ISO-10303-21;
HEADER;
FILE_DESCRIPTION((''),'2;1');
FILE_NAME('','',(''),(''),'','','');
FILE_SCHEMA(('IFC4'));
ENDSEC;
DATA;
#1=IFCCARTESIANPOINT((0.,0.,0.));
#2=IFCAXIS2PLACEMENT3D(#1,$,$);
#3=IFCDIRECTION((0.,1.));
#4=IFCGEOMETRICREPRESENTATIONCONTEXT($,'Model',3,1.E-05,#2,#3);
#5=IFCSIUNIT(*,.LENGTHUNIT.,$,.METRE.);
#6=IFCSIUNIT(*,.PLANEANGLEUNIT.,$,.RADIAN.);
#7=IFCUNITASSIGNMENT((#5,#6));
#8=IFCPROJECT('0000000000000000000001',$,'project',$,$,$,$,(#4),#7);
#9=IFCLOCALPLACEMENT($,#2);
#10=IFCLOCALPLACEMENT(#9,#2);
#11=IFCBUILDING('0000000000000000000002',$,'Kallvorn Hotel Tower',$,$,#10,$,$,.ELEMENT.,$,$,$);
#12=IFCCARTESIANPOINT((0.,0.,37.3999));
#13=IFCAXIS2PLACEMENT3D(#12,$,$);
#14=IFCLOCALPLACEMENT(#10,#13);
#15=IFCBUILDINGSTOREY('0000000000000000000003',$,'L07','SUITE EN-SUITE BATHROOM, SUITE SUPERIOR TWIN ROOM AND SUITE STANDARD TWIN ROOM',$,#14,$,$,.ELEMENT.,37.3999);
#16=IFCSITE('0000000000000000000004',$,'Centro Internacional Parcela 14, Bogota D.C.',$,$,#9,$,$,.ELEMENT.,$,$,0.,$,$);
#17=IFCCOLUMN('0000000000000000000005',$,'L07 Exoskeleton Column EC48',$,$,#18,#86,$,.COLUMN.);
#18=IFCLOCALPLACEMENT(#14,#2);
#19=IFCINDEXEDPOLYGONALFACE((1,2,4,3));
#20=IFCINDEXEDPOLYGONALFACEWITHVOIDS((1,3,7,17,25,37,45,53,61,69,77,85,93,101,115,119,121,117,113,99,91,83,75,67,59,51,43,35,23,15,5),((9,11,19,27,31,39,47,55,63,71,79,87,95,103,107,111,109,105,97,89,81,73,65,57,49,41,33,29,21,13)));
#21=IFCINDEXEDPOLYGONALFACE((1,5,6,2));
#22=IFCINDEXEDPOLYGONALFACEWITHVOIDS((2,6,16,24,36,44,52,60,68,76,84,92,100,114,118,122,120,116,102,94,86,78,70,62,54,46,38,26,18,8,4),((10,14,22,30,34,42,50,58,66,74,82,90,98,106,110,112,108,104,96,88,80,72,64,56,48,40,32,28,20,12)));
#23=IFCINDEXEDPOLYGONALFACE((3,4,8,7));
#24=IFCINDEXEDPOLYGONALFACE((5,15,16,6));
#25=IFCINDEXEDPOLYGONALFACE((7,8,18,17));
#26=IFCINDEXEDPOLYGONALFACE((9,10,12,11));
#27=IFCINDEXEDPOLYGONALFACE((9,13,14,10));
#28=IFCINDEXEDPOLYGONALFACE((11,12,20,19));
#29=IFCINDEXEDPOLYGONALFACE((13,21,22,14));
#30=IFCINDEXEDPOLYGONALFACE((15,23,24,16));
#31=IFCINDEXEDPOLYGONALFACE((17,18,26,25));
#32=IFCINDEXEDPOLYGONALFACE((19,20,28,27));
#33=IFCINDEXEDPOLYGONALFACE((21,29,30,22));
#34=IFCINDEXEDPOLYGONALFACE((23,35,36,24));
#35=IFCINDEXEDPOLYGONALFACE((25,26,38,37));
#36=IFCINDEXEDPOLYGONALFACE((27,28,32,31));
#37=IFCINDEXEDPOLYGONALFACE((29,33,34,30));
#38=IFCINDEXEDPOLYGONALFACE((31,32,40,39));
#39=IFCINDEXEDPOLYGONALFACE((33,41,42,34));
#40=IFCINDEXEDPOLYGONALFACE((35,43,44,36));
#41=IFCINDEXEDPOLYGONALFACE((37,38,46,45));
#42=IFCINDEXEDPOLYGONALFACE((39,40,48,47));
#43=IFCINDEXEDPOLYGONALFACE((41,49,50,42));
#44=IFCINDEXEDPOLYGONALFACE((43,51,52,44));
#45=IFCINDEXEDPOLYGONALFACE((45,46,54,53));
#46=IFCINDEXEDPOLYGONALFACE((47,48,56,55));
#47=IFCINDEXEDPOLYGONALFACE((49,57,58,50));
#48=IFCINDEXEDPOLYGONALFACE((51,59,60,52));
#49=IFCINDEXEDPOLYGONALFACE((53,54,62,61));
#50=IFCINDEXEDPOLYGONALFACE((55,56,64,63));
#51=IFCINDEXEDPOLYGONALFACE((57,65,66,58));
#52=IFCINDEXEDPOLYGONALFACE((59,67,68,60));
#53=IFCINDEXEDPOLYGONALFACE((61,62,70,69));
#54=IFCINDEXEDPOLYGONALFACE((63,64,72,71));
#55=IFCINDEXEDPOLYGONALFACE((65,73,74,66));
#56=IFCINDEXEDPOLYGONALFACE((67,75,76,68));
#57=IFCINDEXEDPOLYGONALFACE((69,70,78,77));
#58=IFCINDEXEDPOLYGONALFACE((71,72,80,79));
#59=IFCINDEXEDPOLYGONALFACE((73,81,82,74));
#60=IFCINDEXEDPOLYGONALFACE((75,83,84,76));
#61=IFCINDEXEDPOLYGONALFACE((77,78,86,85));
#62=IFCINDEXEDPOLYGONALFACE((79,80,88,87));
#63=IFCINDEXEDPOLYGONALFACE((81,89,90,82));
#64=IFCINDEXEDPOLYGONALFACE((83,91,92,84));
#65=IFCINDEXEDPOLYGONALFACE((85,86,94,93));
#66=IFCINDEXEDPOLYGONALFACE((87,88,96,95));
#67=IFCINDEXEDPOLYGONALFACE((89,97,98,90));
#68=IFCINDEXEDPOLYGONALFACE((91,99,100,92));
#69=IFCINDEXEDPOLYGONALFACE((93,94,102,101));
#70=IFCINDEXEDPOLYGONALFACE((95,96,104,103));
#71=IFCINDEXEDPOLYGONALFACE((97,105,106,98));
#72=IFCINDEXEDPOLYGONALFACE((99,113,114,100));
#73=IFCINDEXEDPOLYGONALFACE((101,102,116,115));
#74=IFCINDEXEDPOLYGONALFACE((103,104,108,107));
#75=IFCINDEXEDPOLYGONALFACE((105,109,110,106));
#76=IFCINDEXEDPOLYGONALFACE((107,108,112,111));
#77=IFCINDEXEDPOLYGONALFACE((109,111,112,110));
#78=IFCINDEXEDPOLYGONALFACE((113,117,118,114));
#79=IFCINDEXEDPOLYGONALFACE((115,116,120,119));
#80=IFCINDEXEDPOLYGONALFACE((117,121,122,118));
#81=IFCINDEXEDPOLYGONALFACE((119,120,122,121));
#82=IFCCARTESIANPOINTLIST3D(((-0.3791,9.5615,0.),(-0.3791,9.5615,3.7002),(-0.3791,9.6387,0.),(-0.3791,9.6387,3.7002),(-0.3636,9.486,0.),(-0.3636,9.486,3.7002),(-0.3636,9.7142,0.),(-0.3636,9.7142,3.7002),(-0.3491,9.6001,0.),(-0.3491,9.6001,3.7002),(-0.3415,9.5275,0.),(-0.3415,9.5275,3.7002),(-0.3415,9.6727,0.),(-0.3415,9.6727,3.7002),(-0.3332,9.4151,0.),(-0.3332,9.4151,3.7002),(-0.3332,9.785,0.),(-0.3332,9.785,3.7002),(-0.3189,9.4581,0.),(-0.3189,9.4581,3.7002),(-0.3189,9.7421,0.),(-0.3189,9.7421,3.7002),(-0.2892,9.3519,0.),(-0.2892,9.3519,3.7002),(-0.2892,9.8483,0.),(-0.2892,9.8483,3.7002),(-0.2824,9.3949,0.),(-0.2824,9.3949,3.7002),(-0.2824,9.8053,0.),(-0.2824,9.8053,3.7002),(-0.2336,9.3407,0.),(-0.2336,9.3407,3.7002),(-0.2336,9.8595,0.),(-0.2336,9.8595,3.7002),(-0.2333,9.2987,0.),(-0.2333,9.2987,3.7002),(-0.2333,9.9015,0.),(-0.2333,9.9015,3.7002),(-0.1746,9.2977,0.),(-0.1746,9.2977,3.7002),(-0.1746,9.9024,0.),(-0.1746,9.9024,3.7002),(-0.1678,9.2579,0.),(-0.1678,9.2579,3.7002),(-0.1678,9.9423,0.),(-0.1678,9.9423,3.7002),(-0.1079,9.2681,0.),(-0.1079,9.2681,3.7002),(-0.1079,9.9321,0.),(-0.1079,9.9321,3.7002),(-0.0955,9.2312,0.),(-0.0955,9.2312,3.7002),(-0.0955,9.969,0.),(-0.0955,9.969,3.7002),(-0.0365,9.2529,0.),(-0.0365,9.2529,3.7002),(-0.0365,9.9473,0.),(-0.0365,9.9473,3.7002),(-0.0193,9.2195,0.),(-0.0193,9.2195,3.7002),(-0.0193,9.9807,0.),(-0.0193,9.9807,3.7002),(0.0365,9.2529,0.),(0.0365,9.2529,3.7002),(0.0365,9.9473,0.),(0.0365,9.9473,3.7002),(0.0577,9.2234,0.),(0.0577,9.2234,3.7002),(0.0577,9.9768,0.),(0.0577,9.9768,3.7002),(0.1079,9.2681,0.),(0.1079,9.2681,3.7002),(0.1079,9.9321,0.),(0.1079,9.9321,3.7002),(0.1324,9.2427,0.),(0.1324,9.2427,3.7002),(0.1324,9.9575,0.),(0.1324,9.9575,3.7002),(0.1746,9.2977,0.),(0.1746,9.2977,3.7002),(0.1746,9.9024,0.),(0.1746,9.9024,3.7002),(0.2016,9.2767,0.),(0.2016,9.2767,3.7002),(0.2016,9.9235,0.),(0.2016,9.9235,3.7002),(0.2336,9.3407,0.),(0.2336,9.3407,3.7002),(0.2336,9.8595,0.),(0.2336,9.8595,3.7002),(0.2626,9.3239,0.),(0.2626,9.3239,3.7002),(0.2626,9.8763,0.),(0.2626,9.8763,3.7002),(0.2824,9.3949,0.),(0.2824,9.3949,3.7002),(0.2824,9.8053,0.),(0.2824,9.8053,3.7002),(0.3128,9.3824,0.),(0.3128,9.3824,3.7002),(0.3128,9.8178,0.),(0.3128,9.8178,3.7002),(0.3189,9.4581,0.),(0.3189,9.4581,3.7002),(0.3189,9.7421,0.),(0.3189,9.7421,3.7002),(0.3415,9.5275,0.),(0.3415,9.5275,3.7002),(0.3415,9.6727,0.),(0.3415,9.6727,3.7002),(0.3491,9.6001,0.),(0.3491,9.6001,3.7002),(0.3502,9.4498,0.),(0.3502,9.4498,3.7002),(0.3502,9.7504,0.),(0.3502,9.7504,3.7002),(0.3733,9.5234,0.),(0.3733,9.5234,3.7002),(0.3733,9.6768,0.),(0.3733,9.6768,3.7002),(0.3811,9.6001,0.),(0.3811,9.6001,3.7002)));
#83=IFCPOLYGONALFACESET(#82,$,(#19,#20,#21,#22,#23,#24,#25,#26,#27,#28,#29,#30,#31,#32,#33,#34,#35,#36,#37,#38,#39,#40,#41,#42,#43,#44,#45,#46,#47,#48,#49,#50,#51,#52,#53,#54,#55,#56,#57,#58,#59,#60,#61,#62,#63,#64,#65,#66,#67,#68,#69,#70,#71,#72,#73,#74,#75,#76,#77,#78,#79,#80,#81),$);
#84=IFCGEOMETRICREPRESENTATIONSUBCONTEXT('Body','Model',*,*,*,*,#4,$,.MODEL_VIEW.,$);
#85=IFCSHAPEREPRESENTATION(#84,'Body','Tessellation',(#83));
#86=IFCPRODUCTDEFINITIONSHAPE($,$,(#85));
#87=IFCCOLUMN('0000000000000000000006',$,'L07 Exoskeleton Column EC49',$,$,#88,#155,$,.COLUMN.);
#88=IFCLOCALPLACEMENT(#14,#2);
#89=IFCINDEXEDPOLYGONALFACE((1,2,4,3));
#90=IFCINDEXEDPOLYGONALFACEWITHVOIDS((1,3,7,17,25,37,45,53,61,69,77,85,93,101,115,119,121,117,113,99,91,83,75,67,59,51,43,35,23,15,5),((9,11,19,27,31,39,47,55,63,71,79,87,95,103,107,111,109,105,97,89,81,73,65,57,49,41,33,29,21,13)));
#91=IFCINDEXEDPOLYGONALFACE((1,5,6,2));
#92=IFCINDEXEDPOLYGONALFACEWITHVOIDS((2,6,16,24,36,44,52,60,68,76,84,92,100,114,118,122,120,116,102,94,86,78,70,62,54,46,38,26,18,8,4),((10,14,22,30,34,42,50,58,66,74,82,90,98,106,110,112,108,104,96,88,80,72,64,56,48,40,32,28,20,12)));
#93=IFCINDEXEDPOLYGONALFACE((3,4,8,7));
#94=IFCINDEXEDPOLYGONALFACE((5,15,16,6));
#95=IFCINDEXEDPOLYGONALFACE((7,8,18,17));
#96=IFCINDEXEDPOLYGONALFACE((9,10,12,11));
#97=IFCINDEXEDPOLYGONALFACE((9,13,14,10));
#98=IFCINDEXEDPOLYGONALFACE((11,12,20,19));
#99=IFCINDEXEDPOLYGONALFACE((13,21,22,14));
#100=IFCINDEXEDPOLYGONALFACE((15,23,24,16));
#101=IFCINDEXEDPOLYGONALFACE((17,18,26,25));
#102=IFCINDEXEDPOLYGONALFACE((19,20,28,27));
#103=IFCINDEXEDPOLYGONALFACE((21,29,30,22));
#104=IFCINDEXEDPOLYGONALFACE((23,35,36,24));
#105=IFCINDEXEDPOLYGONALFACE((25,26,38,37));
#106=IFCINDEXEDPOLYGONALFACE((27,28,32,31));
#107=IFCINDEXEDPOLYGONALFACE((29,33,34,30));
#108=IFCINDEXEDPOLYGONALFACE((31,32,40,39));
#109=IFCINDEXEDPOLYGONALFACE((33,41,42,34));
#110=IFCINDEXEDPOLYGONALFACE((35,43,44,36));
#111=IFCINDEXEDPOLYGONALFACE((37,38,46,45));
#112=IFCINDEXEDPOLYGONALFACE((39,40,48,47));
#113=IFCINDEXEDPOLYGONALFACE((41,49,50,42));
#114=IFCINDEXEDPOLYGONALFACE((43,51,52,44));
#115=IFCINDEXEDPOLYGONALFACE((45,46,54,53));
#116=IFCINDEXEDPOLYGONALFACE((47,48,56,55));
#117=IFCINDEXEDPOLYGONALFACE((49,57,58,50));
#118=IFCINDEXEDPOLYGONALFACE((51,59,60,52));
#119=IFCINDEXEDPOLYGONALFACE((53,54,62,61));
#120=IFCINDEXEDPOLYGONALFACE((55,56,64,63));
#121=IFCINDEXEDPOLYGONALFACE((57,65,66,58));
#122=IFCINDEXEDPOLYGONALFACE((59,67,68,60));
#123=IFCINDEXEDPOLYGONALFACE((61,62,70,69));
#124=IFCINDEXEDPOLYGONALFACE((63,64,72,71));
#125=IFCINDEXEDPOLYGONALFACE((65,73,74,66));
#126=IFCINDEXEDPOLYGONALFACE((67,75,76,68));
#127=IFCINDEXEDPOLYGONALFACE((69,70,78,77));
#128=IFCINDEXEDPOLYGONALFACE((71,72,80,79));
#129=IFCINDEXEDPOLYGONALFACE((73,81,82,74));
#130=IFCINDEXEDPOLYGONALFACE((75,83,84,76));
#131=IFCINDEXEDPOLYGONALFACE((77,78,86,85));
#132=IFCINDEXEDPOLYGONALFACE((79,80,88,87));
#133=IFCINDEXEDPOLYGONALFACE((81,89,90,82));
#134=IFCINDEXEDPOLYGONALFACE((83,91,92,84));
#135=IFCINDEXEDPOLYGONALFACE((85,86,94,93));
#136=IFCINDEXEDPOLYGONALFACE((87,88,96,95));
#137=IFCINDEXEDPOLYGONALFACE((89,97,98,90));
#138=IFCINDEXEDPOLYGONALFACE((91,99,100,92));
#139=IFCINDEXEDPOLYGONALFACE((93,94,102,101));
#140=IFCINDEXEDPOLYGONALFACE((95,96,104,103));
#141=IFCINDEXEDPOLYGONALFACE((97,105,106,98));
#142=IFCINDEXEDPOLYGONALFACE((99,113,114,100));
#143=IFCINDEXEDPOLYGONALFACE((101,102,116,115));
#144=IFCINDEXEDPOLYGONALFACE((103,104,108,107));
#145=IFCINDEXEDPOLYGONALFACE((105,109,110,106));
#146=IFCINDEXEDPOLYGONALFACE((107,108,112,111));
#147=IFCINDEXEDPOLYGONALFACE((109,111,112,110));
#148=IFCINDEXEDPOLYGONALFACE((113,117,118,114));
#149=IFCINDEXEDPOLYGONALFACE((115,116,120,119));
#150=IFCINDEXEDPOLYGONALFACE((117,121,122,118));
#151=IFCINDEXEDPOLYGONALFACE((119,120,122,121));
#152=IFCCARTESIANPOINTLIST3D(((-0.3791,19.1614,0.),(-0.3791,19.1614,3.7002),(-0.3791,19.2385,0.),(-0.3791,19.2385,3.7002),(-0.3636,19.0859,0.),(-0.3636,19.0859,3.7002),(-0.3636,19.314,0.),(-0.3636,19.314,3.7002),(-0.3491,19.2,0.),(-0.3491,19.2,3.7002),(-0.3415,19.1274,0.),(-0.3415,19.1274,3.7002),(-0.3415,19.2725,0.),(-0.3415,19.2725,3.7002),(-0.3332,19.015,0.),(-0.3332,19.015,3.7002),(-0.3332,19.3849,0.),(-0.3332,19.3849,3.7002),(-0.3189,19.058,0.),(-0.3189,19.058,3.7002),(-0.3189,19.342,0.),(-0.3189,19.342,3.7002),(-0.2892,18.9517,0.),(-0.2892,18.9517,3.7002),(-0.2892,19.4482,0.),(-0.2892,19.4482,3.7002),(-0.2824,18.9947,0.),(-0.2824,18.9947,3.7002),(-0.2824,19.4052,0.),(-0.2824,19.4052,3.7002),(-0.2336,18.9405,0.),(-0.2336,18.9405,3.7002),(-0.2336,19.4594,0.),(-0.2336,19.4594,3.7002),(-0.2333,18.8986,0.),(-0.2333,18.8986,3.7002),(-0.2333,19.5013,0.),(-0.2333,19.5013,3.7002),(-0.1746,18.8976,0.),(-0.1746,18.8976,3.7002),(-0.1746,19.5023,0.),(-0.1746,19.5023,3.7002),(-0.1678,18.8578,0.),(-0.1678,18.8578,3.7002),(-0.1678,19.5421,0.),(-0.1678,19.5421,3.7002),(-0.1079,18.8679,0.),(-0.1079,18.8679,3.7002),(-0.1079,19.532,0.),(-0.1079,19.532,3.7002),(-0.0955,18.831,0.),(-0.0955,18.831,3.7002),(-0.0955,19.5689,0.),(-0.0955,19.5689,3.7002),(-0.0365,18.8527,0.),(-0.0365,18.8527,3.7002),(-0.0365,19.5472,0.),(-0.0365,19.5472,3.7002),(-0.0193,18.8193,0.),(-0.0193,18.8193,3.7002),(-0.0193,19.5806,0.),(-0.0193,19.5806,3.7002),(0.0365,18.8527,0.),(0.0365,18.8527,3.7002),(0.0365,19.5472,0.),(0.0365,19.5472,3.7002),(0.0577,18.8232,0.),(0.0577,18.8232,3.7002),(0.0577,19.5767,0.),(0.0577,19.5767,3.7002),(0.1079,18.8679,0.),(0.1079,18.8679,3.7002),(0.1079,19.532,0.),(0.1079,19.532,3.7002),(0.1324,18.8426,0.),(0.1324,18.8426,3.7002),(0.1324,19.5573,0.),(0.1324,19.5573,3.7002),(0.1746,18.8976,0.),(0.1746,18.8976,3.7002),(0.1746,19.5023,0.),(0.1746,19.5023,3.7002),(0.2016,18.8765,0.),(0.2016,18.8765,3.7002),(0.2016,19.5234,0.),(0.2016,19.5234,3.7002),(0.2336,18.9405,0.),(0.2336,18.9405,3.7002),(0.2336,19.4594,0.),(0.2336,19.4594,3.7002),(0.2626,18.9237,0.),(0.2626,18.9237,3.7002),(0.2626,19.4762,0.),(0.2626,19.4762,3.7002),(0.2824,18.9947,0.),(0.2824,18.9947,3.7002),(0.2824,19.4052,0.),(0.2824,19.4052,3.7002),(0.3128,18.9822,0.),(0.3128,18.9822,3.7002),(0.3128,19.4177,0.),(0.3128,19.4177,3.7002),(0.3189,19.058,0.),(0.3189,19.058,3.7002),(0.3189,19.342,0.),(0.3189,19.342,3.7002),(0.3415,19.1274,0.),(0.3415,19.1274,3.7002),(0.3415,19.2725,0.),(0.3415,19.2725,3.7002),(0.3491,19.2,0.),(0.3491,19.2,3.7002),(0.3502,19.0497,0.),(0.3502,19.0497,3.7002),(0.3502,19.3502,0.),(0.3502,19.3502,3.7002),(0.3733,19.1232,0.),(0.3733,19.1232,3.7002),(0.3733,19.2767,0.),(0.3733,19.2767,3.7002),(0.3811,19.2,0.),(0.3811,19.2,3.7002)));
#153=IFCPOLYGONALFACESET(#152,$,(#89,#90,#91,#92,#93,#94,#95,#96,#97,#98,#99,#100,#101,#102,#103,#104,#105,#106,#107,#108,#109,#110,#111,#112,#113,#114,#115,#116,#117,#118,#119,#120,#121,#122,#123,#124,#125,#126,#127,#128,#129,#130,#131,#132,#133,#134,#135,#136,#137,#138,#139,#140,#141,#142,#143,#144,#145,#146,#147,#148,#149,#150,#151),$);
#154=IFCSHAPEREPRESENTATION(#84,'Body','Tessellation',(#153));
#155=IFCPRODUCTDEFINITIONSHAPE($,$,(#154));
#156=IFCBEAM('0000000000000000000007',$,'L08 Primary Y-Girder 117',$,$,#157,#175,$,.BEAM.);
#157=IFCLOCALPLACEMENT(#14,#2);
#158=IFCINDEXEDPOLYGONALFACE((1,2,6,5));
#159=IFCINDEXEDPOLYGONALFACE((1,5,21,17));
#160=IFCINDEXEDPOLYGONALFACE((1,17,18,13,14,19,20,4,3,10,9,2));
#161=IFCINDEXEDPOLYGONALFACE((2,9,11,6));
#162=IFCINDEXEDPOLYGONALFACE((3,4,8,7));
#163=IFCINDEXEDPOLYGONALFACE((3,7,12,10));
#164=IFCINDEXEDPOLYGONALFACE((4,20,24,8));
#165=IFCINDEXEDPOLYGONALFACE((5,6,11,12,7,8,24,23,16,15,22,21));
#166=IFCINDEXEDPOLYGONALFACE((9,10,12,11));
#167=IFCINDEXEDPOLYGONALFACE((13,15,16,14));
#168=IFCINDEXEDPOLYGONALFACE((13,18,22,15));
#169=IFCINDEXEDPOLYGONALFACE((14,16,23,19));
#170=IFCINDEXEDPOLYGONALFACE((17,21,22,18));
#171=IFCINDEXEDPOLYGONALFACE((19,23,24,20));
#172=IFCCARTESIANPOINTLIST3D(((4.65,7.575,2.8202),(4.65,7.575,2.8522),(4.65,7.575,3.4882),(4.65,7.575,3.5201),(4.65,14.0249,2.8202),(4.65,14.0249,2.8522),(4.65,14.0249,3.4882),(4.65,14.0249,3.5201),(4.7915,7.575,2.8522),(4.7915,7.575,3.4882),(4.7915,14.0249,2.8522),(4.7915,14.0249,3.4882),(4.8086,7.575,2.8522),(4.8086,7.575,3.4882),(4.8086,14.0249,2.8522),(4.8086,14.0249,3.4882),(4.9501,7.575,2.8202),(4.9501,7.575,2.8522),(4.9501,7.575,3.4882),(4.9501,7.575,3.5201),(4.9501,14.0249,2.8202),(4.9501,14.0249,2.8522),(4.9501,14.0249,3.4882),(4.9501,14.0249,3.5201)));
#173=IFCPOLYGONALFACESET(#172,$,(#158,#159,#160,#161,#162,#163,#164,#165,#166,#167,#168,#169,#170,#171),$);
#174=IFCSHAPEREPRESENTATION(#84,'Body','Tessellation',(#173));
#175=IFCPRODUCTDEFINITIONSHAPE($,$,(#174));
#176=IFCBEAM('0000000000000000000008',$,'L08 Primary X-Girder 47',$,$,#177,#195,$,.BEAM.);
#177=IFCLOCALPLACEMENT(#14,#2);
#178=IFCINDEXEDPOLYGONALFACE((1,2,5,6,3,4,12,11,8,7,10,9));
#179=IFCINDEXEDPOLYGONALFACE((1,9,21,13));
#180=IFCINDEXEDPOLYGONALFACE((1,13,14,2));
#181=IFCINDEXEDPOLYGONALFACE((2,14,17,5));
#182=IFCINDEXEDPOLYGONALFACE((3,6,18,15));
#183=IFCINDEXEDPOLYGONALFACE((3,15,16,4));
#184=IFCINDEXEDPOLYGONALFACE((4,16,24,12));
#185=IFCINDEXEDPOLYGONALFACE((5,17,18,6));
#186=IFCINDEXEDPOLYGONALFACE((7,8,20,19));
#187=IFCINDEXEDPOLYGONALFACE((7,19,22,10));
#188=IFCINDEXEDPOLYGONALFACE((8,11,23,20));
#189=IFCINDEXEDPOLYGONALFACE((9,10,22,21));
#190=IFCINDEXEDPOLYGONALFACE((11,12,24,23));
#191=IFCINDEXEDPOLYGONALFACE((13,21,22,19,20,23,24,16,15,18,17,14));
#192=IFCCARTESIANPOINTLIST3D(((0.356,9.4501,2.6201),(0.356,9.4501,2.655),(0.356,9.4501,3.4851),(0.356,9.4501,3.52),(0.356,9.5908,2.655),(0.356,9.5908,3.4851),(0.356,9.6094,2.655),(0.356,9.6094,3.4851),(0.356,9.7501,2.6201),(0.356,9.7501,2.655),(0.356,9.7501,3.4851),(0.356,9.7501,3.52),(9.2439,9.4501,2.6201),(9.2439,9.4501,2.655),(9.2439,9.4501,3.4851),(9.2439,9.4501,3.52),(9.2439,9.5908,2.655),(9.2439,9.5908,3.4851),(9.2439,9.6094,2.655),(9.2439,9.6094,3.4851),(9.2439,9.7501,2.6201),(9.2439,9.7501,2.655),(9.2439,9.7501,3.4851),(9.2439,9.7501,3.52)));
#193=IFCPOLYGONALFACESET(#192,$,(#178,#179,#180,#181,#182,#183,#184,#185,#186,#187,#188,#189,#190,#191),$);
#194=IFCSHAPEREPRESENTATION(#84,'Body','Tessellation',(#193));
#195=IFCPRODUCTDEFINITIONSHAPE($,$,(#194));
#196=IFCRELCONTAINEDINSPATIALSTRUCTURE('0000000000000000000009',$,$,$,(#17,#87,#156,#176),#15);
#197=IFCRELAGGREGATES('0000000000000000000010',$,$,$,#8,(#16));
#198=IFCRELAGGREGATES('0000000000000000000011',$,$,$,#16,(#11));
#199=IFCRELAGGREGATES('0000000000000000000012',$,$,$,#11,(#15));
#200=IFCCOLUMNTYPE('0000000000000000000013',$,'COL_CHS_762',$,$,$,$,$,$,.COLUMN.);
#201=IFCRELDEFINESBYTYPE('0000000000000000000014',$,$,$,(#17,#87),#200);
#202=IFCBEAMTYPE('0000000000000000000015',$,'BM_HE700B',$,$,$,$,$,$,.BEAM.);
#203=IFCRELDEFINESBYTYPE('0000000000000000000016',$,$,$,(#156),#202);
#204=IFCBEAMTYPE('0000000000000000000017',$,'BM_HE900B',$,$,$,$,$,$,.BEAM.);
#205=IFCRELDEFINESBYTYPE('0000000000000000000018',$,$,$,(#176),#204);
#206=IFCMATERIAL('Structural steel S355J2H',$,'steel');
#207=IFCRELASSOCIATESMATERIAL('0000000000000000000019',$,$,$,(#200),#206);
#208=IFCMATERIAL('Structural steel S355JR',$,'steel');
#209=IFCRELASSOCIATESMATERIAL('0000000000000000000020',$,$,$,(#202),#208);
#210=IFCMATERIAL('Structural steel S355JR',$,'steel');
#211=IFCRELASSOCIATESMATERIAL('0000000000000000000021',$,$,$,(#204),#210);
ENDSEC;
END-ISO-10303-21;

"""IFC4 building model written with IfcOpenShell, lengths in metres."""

from ifc_helpers import new_model, si_unit, direction, frame, origin, origin_2d, place, context, subcontext, project, spatial, hollow_circle, i_section, extrude, material, material_profile, profile_set, type_object, element, save


model = new_model("IFC4")

# Units and contexts
model_context = context("Model", 3, precision=1e-05, world=origin(), true_north=direction((0.0, 1.0)))
body_context = subcontext(model_context, "Body", "Model", "MODEL_VIEW")
ifc_project = project(units=[si_unit("LENGTHUNIT", "METRE"), si_unit("PLANEANGLEUNIT", "RADIAN")], contexts=[model_context])

# Site, building, storey
site_placement = place(None, origin())
site = spatial("IfcSite", under=ifc_project, at=site_placement, Name="Centro Internacional Parcela 14, Bogota D.C.", CompositionType="ELEMENT", RefElevation=0.0)
building_placement = place(site_placement, origin())
building = spatial("IfcBuilding", under=site, at=building_placement, Name="Kallvorn Hotel Tower", CompositionType="ELEMENT")
storey_placement = place(building_placement, frame((0.0, 0.0, 37.3999)))
storey = spatial("IfcBuildingStorey", under=building, at=storey_placement, Name="L07", Description="SUITE EN-SUITE BATHROOM, SUITE SUPERIOR TWIN ROOM AND SUITE STANDARD TWIN ROOM", CompositionType="ELEMENT", Elevation=37.3999)

# Columns
ifc_material_1 = material(Name="Structural steel S355J2H", Category="steel")
ifc_material_profile_1 = material_profile(ifc_material_1, hollow_circle(Radius=0.3811, WallThickness=0.032, at=origin_2d()), Name="CHS 762x32")
ifc_profile_set_1 = profile_set([ifc_material_profile_1], Name="Structural steel S355J2H")
column_type = type_object("IfcColumnType", Name="COL_CHS_762", PredefinedType="COLUMN", material=ifc_profile_set_1)
for number, where, z_axis, x_axis, name in (
    (1, (0.0, 9.6001, 0.0), (0.0, 0.0, 1.0), (1.0, 0.0, 0.0), "L07 Exoskeleton Column EC48"),
    (2, (0.0, 19.2, 0.0), (0.0, 0.0, 1.0), (1.0, 0.0, 0.0), "L07 Exoskeleton Column EC49"),
):
    element("IfcColumn", number, at=place(storey_placement, frame(where, z_axis=z_axis, x_axis=x_axis)), inside=storey, type_object=column_type, Name=name, PredefinedType="COLUMN", context=body_context, shape_type="SweptSolid", body=[
        extrude(hollow_circle(Radius=0.3811, WallThickness=0.032, at=origin_2d()), origin(), (0.0, 0.0, 1.0), 3.7002),
    ])

# Beams
ifc_material_2 = material(Name="Structural steel S355JR", Category="steel")
ifc_material_profile_2 = material_profile(ifc_material_2, i_section(OverallWidth=0.3, OverallDepth=0.7, WebThickness=0.0171, FlangeThickness=0.032, at=origin_2d()), Name="HE 700 B")
ifc_profile_set_2 = profile_set([ifc_material_profile_2], Name="Structural steel S355JR")
beam_type_1 = type_object("IfcBeamType", Name="BM_HE700B", PredefinedType="BEAM", material=ifc_profile_set_2)
beam_1_placement = place(storey_placement, frame((4.8, 7.575, 3.1702), z_axis=(0.0, 1.0, 0.0), x_axis=(-1.0, 0.0, 0.0)))
element("IfcBeam", 3, at=beam_1_placement, inside=storey, type_object=beam_type_1, Name="L08 Primary Y-Girder 117", PredefinedType="BEAM", context=body_context, shape_type="SweptSolid", body=[
    extrude(i_section(OverallWidth=0.3, OverallDepth=0.7, WebThickness=0.0171, FlangeThickness=0.032, at=origin_2d()), origin(), (0.0, 0.0, 1.0), 6.45),
])
ifc_material_3 = material(Name="Structural steel S355JR", Category="steel")
ifc_material_profile_3 = material_profile(ifc_material_3, i_section(OverallWidth=0.3, OverallDepth=0.8999, WebThickness=0.0186, FlangeThickness=0.0349, at=origin_2d()), Name="HE 900 B")
ifc_profile_set_3 = profile_set([ifc_material_profile_3], Name="Structural steel S355JR")
beam_type_2 = type_object("IfcBeamType", Name="BM_HE900B", PredefinedType="BEAM", material=ifc_profile_set_3)
beam_2_placement = place(storey_placement, frame((0.356, 9.6001, 3.0701), z_axis=(1.0, 0.0, 0.0), x_axis=(0.0, 1.0, 0.0)))
element("IfcBeam", 4, at=beam_2_placement, inside=storey, type_object=beam_type_2, Name="L08 Primary X-Girder 47", PredefinedType="BEAM", context=body_context, shape_type="SweptSolid", body=[
    extrude(i_section(OverallWidth=0.3, OverallDepth=0.8999, WebThickness=0.0186, FlangeThickness=0.0349, at=origin_2d()), origin(), (0.0, 0.0, 1.0), 8.8879),
])

save(model, "model.ifc")
